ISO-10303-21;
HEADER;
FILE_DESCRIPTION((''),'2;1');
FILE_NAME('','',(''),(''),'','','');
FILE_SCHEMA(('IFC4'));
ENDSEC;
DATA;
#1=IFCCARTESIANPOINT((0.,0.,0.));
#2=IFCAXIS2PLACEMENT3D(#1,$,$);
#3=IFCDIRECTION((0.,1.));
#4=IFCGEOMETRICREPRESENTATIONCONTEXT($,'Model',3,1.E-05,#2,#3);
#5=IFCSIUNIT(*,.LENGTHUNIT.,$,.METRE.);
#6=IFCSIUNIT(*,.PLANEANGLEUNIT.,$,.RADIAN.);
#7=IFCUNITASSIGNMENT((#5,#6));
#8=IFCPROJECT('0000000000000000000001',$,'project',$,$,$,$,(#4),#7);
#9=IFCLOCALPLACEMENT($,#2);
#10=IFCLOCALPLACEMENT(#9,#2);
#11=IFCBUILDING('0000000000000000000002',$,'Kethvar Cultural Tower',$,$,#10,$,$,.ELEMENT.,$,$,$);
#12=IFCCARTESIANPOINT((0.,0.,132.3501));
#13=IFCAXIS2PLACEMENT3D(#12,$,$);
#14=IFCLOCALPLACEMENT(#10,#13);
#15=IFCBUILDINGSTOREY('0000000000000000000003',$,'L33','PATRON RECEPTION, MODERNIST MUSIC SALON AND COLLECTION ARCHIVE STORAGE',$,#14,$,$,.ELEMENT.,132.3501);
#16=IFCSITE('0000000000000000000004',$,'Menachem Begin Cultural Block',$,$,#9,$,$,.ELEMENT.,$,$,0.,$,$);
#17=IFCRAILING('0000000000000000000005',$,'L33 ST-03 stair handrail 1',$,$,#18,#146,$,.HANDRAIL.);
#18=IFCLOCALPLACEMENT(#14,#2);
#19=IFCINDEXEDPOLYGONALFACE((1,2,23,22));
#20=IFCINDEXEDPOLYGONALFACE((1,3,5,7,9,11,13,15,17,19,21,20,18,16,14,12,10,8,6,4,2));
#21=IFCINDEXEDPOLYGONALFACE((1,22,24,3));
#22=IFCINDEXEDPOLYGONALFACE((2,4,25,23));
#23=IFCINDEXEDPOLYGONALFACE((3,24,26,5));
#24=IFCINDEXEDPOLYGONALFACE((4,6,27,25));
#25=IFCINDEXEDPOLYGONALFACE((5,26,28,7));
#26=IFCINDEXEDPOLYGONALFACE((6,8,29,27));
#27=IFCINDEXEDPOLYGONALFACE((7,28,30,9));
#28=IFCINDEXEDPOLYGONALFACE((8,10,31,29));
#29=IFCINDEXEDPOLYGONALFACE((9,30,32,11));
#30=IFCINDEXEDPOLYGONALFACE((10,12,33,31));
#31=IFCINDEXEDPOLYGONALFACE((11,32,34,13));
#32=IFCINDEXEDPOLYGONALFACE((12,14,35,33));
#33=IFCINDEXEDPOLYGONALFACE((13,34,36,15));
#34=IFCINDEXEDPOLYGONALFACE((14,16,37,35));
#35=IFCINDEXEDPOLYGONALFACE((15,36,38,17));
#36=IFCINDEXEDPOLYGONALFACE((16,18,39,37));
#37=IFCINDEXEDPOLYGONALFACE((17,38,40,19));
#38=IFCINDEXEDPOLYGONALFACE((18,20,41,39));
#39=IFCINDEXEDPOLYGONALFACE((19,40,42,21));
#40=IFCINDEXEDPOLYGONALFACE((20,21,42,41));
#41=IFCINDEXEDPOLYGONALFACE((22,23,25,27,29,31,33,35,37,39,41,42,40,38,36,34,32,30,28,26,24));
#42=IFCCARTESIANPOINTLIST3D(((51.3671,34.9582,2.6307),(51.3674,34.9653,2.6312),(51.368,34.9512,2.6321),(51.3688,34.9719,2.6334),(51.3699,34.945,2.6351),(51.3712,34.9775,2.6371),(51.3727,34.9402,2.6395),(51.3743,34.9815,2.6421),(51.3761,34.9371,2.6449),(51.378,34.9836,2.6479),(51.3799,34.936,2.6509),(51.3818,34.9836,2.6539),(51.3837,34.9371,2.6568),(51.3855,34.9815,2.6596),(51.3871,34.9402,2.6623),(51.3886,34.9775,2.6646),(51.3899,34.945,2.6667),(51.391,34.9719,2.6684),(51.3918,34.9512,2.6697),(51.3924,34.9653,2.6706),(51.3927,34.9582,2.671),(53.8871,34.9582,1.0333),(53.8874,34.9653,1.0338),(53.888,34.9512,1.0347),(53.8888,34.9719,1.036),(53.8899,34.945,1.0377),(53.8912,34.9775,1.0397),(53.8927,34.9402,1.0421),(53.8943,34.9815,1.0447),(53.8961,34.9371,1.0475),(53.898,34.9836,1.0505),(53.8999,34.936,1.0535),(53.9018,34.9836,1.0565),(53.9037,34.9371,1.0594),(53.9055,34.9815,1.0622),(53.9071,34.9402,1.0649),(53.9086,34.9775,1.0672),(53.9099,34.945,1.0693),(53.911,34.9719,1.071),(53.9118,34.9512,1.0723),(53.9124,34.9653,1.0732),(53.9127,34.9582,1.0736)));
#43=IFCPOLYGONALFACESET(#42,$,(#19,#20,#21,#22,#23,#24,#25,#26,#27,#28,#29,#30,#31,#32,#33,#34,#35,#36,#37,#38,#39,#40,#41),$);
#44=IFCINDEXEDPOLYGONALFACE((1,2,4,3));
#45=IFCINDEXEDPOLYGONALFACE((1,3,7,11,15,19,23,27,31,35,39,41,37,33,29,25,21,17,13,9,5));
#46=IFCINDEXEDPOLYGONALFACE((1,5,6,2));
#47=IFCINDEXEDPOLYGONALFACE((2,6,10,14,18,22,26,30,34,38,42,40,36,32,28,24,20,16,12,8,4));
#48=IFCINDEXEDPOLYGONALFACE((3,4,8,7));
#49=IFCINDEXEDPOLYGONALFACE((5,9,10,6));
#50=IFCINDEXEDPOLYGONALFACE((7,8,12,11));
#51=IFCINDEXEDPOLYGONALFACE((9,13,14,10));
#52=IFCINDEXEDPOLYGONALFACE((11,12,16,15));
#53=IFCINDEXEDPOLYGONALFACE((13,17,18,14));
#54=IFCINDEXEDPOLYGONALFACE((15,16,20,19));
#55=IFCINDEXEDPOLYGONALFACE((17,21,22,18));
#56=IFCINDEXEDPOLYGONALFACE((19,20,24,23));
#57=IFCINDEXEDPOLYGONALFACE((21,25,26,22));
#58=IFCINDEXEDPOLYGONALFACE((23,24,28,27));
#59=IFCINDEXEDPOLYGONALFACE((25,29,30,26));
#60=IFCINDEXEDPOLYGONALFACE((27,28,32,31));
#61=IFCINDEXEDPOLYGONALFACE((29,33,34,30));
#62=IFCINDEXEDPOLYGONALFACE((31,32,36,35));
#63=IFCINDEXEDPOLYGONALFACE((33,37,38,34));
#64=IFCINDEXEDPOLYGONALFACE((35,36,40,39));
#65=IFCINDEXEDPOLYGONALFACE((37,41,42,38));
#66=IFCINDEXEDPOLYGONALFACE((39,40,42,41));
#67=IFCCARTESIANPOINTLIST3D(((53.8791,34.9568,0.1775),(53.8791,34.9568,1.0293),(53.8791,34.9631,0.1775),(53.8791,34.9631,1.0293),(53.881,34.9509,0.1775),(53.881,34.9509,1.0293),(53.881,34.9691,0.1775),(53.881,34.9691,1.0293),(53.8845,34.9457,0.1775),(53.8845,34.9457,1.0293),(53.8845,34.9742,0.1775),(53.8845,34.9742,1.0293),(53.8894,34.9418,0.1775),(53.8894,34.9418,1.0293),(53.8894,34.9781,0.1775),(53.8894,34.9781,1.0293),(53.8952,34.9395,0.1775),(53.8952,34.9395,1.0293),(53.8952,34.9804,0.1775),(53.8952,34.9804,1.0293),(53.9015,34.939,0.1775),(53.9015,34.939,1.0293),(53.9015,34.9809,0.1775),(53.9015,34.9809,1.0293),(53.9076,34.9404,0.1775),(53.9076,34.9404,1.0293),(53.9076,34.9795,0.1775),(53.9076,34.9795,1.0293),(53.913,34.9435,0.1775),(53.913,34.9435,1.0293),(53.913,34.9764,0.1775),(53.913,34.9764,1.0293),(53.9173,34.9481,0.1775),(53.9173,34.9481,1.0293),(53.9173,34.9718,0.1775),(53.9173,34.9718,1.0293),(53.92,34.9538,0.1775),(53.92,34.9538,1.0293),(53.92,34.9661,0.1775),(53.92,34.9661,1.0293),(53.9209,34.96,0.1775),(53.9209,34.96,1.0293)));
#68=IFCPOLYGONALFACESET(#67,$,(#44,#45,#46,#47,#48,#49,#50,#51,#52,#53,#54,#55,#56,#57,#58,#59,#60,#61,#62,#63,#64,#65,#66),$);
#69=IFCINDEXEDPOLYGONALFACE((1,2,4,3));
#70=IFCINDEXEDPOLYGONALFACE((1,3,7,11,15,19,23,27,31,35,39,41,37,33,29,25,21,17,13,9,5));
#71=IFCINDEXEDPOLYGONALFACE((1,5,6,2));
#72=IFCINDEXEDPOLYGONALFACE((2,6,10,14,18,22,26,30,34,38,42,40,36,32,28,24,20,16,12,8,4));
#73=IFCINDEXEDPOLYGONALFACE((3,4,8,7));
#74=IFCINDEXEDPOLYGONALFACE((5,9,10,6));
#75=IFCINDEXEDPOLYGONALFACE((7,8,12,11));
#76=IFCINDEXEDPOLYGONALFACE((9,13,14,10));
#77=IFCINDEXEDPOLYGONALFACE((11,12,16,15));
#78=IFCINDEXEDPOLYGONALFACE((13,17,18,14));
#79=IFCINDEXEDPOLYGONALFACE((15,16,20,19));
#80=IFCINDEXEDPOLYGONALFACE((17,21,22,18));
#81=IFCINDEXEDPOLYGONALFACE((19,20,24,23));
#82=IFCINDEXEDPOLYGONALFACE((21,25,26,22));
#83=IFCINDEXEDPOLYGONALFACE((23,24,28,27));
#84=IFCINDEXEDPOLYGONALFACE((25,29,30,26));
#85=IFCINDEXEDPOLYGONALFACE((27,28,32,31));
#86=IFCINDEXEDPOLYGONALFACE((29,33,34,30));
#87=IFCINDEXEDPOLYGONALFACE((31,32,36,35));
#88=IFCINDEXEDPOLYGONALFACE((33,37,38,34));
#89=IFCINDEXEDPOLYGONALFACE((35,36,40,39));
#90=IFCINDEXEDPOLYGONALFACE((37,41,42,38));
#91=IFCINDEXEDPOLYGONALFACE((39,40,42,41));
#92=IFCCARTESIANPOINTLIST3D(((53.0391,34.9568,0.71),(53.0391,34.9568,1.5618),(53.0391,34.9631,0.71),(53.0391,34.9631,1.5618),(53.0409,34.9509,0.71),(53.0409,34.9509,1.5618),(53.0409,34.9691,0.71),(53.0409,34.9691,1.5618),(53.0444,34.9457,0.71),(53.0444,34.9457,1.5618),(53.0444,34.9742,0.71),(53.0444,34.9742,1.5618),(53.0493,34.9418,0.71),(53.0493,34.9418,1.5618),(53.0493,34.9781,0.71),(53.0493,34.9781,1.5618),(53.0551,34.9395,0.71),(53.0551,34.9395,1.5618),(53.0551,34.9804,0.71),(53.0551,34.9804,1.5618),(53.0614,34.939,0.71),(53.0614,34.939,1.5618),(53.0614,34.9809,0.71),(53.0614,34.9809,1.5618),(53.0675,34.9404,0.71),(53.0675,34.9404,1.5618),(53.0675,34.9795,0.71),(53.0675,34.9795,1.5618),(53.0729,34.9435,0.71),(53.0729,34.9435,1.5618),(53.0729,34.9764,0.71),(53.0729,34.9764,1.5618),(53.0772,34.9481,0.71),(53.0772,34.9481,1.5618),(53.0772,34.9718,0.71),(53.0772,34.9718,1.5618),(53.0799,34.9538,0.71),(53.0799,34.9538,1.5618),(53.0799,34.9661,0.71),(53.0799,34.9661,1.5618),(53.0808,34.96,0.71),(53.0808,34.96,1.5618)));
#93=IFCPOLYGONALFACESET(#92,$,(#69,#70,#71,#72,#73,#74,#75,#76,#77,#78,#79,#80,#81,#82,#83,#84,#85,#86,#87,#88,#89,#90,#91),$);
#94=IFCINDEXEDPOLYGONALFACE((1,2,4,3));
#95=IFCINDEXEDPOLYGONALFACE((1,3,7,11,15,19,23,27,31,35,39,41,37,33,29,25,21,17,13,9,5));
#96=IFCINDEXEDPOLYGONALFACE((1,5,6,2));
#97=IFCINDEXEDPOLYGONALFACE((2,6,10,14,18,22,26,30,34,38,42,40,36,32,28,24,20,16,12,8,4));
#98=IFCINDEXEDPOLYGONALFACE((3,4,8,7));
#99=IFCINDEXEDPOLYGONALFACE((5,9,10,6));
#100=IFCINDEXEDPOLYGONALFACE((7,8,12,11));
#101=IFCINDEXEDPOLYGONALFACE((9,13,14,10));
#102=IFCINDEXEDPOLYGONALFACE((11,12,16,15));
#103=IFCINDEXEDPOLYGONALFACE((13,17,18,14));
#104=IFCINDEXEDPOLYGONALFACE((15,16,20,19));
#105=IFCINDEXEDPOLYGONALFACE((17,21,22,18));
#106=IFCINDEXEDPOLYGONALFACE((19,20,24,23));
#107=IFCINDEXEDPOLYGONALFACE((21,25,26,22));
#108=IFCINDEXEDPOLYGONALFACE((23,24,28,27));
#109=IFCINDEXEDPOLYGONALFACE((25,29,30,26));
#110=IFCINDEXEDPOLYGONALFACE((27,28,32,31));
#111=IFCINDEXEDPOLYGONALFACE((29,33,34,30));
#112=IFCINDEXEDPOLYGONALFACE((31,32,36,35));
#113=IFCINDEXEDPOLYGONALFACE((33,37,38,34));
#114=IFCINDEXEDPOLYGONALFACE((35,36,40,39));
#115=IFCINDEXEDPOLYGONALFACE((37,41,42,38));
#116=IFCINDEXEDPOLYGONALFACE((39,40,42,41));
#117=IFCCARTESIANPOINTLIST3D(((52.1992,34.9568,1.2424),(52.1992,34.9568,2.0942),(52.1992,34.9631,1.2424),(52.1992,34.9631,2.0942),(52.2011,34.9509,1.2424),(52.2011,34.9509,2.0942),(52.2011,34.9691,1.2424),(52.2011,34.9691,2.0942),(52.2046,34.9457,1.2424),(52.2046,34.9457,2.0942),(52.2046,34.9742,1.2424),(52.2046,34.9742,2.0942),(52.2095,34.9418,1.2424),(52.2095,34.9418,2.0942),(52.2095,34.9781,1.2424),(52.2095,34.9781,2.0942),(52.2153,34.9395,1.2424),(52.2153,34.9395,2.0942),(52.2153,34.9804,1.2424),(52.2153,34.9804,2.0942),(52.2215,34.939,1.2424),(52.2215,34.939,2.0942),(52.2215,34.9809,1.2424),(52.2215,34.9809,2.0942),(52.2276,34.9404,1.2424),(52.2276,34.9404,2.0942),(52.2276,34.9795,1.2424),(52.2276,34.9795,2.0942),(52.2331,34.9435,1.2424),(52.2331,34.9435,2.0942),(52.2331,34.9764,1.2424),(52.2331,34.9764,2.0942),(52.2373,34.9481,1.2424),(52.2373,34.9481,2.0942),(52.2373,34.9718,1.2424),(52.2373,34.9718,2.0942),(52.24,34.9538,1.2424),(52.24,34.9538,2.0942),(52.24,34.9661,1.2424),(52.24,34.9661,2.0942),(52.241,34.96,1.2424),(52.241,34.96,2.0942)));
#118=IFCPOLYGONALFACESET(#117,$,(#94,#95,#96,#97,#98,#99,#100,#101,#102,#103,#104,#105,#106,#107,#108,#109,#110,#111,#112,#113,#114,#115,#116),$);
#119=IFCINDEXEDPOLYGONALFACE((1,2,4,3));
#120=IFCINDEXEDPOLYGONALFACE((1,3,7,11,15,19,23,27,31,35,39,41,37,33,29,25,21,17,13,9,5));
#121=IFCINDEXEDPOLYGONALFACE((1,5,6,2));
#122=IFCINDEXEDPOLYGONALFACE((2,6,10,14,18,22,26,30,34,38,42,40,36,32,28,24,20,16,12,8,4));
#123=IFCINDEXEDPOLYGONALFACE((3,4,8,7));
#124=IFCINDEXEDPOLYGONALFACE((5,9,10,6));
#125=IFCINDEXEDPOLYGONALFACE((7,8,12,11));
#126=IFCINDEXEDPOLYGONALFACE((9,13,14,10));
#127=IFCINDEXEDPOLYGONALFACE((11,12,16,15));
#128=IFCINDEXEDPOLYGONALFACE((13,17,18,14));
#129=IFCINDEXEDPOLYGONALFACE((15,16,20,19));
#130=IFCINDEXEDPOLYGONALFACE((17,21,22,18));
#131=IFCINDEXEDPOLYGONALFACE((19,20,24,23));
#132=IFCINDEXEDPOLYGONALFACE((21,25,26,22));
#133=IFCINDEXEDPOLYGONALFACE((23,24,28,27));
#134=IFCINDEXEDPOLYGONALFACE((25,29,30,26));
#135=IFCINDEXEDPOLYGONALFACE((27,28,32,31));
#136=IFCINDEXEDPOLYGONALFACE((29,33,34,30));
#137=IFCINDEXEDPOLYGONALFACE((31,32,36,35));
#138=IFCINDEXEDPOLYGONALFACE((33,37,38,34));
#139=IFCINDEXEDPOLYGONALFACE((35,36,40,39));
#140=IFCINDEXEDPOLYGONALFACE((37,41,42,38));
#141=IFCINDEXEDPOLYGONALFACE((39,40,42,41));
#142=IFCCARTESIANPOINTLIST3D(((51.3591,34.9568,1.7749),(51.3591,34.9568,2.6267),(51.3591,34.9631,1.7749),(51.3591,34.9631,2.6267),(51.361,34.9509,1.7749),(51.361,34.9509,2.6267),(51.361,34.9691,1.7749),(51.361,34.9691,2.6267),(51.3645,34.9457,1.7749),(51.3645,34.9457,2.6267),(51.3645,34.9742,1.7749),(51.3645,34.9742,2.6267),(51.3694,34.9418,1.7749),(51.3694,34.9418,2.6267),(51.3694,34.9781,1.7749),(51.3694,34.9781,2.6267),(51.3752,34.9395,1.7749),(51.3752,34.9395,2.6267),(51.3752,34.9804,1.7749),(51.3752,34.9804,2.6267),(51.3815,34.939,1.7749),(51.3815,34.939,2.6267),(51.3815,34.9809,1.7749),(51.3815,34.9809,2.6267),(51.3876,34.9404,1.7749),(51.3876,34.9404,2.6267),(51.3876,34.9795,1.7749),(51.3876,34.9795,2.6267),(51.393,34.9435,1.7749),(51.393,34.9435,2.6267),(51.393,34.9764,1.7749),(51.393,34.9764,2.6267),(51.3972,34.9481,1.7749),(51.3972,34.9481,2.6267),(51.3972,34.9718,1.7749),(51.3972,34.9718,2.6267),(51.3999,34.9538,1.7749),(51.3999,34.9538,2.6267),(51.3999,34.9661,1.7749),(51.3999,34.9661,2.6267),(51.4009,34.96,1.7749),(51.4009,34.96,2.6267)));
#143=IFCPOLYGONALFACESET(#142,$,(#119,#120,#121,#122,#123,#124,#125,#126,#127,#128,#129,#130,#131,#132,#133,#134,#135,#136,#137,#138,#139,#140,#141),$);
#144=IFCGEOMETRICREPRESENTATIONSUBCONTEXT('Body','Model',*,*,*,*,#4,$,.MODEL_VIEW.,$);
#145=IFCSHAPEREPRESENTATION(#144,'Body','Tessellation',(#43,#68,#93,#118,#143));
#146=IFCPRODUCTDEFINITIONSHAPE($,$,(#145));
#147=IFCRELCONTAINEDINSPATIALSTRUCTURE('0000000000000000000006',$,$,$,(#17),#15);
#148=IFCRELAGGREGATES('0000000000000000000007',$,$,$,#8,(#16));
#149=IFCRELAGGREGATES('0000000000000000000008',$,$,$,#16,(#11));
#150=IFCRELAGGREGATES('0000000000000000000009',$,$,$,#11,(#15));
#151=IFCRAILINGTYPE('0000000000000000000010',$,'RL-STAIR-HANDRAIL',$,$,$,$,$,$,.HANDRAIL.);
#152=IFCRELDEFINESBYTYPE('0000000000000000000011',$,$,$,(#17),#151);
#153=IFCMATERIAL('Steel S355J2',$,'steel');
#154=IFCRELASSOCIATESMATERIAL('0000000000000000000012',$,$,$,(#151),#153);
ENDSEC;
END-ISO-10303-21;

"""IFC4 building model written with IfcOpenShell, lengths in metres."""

from ifc_helpers import new_model, si_unit, direction, frame, origin, origin_2d, place, context, subcontext, project, spatial, circle, extrude, material, type_object, element, save


model = new_model("IFC4")

# Units and contexts
model_context = context("Model", 3, precision=1e-05, world=origin(), true_north=direction((0.0, 1.0)))
body_context = subcontext(model_context, "Body", "Model", "MODEL_VIEW")
ifc_project = project(units=[si_unit("LENGTHUNIT", "METRE"), si_unit("PLANEANGLEUNIT", "RADIAN")], contexts=[model_context])

# Site, building, storey
site_placement = place(None, origin())
site = spatial("IfcSite", under=ifc_project, at=site_placement, Name="Menachem Begin Cultural Block", CompositionType="ELEMENT", RefElevation=0.0)
building_placement = place(site_placement, origin())
building = spatial("IfcBuilding", under=site, at=building_placement, Name="Kethvar Cultural Tower", CompositionType="ELEMENT")
storey_placement = place(building_placement, frame((0.0, 0.0, 132.3501)))
storey = spatial("IfcBuildingStorey", under=building, at=storey_placement, Name="L33", Description="PATRON RECEPTION, MODERNIST MUSIC SALON AND COLLECTION ARCHIVE STORAGE", CompositionType="ELEMENT", Elevation=132.3501)

# Shared definitions
ifc_material_1 = material(Name="Steel S355J2", Category="steel")

# Railing
railing_type_1 = type_object("IfcRailingType", Name="RL-STAIR-HANDRAIL", PredefinedType="HANDRAIL", material=ifc_material_1)
railing_1_placement = place(storey_placement, frame((53.8999, 34.96, 0.1775)))
element("IfcRailing", 1, at=railing_1_placement, inside=storey, type_object=railing_type_1, Name="L33 ST-03 stair handrail 1", PredefinedType="HANDRAIL", context=body_context, shape_type="SweptSolid", body=[
    extrude(circle(Radius=0.0239, at=origin_2d()), frame((0.0, 0.0, 0.876), z_axis=(-0.844607, 0.0, 0.535387), x_axis=(0.0, -1.0, 0.0)), (0.0, 0.0, 1.0), 2.9836),
    extrude(circle(Radius=0.021, at=origin_2d()), origin(), (0.0, 0.0, 1.0), 0.8518),
    extrude(circle(Radius=0.021, at=origin_2d()), frame((-0.8401, 0.0, 0.5325)), (0.0, 0.0, 1.0), 0.8518),
    extrude(circle(Radius=0.021, at=origin_2d()), frame((-1.6799, 0.0, 1.0649)), (0.0, 0.0, 1.0), 0.8518),
    extrude(circle(Radius=0.021, at=origin_2d()), frame((-2.52, 0.0, 1.5974)), (0.0, 0.0, 1.0), 0.8518),
])

save(model, "model.ifc")
